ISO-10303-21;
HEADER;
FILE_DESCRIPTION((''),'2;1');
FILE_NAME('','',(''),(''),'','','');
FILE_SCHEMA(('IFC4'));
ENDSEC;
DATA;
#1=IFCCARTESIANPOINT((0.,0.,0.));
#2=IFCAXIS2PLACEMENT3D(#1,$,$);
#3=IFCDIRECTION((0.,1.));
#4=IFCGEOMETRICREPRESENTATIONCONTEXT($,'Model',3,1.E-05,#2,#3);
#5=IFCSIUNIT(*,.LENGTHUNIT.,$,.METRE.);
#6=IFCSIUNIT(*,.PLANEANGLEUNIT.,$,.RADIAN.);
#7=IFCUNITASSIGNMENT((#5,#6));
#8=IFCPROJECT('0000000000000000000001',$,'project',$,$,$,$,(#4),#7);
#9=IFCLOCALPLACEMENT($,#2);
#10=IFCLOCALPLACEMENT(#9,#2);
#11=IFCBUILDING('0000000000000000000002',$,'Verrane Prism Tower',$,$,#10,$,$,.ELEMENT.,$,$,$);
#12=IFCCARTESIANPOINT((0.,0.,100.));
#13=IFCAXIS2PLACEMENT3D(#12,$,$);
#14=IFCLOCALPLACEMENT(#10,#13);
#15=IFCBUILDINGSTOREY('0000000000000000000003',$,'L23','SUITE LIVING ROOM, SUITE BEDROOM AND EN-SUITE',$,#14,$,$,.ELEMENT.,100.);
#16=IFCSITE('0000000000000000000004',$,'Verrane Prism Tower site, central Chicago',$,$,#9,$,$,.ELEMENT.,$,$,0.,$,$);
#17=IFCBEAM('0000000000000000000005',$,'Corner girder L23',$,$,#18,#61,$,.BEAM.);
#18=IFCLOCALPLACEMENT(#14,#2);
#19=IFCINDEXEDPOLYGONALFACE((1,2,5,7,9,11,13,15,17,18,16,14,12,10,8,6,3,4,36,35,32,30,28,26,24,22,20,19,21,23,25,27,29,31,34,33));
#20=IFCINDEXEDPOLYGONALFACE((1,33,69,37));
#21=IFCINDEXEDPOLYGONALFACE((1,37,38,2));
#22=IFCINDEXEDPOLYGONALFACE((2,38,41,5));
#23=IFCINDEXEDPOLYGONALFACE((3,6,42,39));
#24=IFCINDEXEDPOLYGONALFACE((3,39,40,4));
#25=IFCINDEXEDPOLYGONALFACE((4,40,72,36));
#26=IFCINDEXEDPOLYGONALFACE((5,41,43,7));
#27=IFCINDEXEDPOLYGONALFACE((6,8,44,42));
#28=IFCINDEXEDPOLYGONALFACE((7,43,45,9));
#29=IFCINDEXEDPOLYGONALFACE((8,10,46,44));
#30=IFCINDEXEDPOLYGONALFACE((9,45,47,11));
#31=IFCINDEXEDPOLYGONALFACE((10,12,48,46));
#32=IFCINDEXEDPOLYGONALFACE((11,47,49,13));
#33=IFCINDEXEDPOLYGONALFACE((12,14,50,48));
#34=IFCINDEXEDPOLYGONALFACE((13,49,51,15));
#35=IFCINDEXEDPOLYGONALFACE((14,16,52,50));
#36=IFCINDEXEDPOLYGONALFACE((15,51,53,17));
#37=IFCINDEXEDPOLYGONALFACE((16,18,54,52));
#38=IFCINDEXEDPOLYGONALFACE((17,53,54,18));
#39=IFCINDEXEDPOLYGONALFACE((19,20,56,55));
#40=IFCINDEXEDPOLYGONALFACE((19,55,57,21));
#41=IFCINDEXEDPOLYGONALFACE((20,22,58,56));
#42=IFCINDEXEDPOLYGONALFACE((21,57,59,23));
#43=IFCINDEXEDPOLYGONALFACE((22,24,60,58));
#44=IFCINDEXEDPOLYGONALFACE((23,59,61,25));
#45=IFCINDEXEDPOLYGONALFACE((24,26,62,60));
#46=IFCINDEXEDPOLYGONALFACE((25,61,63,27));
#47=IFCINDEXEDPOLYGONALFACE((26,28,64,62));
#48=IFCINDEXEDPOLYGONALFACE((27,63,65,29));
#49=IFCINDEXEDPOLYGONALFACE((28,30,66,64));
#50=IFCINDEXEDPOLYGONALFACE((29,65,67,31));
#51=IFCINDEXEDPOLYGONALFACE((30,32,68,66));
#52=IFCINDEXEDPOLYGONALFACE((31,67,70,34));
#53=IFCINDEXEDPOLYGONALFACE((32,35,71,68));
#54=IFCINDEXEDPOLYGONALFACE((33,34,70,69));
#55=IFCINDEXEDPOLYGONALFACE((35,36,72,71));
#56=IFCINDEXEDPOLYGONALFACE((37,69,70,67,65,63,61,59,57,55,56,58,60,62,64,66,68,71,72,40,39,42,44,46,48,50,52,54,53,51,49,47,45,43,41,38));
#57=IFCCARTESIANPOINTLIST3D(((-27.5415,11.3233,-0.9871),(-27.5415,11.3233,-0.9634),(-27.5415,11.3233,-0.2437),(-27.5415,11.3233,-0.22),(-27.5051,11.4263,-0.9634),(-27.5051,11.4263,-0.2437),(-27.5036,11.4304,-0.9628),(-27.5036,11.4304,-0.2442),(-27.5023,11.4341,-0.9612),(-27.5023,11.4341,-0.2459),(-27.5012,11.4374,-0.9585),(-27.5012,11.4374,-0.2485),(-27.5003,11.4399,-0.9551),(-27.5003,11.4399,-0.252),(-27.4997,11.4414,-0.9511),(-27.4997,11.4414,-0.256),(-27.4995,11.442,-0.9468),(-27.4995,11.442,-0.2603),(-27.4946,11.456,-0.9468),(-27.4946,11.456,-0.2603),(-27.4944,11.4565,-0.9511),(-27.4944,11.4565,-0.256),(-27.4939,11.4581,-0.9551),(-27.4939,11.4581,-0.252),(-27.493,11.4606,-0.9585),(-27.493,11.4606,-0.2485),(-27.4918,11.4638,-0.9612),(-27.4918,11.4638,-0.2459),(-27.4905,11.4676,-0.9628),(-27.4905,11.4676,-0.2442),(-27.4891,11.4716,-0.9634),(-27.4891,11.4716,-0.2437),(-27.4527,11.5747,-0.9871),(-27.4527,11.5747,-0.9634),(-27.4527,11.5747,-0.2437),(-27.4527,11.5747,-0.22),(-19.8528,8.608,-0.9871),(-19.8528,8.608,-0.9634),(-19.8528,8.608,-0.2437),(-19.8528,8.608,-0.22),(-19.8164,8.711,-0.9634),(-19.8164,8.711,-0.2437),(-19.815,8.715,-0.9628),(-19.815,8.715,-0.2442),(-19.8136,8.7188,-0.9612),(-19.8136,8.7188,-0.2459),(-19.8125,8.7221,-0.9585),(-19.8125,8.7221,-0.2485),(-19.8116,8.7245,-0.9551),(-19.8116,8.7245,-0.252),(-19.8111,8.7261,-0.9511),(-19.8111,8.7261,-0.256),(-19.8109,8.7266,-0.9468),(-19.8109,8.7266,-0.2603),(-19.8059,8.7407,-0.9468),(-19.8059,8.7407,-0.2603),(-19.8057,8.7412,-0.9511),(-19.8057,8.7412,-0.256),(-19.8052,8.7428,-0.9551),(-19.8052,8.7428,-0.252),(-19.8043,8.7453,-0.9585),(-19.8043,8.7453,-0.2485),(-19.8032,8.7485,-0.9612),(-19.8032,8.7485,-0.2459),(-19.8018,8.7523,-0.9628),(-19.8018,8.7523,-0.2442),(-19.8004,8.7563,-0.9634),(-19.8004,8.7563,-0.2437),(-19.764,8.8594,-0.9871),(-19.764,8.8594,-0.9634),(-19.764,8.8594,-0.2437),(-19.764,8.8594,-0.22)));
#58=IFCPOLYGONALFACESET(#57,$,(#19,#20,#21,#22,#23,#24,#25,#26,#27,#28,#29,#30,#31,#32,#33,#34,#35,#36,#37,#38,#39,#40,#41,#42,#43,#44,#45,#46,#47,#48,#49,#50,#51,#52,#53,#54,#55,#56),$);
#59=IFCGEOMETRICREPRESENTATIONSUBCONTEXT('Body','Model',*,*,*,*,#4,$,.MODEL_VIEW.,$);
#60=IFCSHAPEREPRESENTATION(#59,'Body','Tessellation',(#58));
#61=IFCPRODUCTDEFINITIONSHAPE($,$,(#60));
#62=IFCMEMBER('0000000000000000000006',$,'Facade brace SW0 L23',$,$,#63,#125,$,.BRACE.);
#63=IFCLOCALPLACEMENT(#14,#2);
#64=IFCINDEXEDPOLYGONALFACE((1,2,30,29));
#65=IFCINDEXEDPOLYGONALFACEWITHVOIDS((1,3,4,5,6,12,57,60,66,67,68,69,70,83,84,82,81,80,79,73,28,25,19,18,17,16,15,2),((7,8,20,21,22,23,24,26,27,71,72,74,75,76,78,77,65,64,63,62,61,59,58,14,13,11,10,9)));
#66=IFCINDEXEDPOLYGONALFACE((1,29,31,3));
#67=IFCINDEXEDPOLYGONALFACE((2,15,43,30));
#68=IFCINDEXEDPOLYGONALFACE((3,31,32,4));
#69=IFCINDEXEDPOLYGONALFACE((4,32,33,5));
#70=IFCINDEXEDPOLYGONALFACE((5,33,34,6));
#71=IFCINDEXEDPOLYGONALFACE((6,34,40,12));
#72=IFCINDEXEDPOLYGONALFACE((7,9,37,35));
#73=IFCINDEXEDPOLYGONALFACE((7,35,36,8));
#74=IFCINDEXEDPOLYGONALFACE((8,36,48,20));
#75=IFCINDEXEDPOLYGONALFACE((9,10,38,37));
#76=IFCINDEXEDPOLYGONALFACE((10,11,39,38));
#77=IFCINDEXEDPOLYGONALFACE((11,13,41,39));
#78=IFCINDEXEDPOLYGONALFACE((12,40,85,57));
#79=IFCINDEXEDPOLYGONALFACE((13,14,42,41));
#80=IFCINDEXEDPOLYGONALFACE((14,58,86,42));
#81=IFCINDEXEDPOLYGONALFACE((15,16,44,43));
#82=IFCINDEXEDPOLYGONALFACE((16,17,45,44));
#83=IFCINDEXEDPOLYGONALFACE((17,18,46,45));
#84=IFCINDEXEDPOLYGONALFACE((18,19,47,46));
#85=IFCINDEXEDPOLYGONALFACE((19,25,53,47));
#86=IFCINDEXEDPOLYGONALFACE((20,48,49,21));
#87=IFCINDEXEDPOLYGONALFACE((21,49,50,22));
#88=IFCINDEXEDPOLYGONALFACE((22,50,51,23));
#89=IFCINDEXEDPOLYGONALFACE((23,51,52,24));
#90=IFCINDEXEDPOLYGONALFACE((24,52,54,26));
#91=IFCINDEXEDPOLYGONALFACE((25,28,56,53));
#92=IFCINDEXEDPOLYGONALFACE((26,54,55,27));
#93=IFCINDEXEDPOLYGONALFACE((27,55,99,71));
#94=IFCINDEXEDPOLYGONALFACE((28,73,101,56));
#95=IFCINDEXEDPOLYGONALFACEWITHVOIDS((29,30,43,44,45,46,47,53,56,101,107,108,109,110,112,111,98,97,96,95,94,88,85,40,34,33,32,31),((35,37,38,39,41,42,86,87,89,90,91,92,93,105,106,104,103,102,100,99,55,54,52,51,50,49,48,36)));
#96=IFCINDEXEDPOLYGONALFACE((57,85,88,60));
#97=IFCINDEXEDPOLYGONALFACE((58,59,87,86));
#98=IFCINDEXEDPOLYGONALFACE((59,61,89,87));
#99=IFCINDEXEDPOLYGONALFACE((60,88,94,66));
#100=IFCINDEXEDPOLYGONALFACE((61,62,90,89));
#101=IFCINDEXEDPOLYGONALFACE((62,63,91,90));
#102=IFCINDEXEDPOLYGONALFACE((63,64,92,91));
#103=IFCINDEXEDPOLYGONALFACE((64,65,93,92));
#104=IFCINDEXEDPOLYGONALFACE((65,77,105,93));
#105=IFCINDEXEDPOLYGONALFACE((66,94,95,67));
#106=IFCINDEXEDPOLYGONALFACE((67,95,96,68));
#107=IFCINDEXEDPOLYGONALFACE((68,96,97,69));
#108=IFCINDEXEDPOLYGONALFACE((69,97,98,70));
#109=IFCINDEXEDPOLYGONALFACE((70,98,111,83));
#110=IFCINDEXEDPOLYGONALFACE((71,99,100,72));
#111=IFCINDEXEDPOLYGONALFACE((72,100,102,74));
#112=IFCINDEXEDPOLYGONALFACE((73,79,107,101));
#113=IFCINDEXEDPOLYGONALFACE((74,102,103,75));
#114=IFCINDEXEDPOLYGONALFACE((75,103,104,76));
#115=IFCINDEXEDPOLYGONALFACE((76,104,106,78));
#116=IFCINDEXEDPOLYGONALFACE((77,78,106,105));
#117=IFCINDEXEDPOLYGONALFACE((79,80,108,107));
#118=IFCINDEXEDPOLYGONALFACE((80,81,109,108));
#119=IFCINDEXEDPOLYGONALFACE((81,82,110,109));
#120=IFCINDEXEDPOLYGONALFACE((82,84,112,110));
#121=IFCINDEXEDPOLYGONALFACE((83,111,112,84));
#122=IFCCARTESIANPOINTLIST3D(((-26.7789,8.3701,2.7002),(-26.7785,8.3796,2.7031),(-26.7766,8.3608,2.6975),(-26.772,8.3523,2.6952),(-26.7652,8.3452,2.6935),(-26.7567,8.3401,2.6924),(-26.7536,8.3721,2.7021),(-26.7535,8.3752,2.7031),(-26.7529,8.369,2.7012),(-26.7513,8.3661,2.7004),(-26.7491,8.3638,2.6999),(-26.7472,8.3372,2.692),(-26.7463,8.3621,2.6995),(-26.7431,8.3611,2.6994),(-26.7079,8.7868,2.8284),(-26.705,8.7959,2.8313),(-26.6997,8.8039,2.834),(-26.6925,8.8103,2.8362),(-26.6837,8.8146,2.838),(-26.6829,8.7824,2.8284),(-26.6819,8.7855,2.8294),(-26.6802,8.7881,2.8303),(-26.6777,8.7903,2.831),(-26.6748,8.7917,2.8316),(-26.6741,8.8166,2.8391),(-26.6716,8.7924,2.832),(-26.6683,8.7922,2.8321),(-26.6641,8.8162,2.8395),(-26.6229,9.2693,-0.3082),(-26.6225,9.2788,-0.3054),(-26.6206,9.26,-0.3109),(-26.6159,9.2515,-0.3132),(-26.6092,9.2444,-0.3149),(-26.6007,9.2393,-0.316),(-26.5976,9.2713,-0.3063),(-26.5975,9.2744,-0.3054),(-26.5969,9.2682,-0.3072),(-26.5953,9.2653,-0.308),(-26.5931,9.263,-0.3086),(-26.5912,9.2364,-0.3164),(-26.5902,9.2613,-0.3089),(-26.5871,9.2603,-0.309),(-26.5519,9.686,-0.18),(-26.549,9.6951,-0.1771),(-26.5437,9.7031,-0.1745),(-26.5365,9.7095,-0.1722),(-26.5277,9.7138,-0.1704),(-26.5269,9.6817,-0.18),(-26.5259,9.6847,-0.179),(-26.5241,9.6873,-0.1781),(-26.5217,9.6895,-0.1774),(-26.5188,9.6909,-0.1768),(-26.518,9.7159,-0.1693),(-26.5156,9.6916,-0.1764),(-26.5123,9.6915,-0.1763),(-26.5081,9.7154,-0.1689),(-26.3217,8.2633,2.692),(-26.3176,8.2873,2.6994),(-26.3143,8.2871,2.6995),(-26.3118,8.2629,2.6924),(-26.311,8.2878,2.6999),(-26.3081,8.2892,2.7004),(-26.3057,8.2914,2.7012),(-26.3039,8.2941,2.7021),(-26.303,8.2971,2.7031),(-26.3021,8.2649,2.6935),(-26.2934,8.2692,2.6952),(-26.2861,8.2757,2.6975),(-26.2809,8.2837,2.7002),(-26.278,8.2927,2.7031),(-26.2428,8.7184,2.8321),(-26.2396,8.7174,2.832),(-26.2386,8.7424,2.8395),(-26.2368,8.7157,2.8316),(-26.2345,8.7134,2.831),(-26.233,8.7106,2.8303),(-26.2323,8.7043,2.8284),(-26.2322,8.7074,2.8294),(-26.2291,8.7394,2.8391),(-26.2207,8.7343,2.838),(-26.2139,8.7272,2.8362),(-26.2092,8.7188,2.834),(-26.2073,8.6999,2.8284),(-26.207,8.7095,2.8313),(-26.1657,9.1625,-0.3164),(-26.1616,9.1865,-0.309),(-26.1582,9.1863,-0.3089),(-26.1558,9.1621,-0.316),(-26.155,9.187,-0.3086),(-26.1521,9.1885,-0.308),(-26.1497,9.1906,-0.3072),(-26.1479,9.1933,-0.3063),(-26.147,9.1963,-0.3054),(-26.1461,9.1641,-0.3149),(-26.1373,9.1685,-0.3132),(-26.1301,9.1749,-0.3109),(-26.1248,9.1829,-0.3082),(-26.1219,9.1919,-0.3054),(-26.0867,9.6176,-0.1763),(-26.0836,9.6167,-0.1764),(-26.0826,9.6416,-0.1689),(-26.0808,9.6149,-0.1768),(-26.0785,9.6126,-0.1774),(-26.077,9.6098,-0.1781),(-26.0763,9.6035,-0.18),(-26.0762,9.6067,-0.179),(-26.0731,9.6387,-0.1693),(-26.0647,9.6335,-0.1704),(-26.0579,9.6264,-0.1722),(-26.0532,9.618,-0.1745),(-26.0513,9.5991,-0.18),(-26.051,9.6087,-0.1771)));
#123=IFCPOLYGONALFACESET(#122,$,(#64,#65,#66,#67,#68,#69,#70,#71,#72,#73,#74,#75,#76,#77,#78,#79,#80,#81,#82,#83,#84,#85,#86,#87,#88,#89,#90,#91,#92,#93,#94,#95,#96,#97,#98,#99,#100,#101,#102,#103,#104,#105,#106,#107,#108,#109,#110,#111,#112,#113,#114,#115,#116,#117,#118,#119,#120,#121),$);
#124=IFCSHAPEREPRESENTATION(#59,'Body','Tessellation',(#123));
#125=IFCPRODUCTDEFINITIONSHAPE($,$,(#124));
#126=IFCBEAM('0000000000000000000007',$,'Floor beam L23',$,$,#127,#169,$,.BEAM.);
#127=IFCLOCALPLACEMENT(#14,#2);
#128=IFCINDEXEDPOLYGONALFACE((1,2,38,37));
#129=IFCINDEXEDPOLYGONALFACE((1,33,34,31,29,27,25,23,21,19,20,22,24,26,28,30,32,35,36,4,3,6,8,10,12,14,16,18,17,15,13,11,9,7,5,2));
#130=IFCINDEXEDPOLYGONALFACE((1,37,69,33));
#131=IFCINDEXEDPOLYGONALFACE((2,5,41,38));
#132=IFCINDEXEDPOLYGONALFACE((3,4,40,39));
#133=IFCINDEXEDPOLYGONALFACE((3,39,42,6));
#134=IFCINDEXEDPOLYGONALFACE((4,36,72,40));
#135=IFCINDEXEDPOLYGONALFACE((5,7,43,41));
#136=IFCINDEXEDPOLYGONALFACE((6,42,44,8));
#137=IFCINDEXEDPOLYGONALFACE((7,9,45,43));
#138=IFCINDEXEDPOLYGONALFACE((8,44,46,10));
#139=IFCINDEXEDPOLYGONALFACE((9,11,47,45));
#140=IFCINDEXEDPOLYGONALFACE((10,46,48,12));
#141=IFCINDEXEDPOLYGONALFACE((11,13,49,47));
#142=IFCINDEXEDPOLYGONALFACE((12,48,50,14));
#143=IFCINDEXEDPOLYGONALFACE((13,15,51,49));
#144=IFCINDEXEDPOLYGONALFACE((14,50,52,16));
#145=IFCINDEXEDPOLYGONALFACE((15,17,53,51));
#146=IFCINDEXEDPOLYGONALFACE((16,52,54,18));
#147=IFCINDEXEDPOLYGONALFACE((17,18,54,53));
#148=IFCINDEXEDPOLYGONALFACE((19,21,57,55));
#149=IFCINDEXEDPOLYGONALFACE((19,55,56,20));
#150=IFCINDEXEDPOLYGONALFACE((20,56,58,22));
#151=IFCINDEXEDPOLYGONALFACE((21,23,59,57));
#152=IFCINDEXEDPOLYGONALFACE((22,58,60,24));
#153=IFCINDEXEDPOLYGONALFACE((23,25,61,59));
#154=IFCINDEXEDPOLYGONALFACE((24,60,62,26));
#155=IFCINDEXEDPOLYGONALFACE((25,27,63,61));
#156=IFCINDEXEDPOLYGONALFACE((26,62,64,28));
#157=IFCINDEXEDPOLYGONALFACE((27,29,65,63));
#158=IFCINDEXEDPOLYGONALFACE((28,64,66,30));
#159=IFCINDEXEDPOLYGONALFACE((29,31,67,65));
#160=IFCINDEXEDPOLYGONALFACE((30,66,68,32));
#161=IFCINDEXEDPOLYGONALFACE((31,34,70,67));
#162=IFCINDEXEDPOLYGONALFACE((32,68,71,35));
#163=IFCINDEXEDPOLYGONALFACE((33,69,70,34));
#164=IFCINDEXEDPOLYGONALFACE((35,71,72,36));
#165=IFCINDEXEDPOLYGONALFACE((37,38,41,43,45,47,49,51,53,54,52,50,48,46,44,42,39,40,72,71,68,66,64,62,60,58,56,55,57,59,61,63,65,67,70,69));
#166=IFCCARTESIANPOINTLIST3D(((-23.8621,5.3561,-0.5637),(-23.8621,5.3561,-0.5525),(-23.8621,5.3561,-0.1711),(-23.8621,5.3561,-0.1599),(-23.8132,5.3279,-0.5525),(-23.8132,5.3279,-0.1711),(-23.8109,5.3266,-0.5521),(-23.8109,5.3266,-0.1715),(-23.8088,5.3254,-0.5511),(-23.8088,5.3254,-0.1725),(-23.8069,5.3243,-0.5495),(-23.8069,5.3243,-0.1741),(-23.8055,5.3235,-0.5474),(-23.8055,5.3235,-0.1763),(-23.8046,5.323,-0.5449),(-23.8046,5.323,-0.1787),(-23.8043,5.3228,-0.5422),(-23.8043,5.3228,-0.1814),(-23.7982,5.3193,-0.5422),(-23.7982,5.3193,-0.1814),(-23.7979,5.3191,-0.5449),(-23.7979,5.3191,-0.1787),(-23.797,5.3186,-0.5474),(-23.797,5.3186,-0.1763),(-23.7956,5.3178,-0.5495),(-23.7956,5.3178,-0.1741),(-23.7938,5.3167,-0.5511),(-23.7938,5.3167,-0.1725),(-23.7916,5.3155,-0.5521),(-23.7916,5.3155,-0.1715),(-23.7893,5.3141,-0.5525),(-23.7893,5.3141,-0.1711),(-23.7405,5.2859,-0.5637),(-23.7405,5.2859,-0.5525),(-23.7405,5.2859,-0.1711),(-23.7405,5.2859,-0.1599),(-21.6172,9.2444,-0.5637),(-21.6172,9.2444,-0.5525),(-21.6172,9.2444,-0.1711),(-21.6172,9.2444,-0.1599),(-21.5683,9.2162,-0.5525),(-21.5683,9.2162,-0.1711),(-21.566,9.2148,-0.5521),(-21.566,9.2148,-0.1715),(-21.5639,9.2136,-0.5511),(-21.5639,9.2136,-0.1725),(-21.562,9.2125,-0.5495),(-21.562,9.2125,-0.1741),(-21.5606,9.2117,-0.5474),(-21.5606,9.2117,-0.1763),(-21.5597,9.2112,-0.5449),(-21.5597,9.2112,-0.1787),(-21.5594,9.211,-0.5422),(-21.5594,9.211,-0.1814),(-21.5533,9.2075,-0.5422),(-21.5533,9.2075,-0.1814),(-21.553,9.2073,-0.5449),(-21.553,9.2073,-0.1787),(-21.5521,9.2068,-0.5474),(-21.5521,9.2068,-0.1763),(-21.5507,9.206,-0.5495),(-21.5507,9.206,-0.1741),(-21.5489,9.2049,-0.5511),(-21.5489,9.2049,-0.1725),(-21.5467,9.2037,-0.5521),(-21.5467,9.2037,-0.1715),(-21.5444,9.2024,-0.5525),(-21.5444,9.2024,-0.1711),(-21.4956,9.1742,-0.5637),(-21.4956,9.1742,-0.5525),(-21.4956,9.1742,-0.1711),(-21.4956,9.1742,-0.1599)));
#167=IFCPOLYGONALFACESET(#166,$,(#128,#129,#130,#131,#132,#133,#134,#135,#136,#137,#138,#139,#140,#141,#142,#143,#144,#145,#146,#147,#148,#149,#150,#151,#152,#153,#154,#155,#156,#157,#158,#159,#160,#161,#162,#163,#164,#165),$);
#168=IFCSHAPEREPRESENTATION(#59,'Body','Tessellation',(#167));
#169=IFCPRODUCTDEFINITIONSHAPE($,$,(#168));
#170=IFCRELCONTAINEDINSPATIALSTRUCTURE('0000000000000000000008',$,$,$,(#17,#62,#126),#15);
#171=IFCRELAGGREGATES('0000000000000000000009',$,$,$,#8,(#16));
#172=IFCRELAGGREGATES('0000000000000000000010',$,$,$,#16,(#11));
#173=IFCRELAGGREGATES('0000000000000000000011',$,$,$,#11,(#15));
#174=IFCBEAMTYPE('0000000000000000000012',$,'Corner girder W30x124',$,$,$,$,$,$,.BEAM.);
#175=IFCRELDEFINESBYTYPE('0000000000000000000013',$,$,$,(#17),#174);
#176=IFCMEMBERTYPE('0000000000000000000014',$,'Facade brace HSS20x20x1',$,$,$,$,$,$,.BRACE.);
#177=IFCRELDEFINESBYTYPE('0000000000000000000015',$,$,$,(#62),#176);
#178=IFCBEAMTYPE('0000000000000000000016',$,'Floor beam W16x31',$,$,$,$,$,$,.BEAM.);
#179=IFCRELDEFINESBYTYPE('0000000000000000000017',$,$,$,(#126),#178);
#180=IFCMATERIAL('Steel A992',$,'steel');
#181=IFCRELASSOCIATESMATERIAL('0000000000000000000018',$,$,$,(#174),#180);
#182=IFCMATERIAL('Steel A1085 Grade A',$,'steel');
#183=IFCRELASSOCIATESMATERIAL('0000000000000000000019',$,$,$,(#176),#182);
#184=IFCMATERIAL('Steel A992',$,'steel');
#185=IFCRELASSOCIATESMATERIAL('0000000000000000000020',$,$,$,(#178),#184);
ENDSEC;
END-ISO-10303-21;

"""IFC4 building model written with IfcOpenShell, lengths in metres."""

from ifc_helpers import new_model, si_unit, direction, frame, origin, origin_2d, place, context, subcontext, project, spatial, hollow_rectangle, i_section, extrude, material, material_profile, profile_set, type_object, element, save


model = new_model("IFC4")

# Units and contexts
model_context = context("Model", 3, precision=1e-05, world=origin(), true_north=direction((0.0, 1.0)))
body_context = subcontext(model_context, "Body", "Model", "MODEL_VIEW")
ifc_project = project(units=[si_unit("LENGTHUNIT", "METRE"), si_unit("PLANEANGLEUNIT", "RADIAN")], contexts=[model_context])

# Site, building, storey
site_placement = place(None, origin())
site = spatial("IfcSite", under=ifc_project, at=site_placement, Name="Verrane Prism Tower site, central Chicago", CompositionType="ELEMENT", RefElevation=0.0)
building_placement = place(site_placement, origin())
building = spatial("IfcBuilding", under=site, at=building_placement, Name="Verrane Prism Tower", CompositionType="ELEMENT")
storey_placement = place(building_placement, frame((0.0, 0.0, 100.0)))
storey = spatial("IfcBuildingStorey", under=building, at=storey_placement, Name="L23", Description="SUITE LIVING ROOM, SUITE BEDROOM AND EN-SUITE", CompositionType="ELEMENT", Elevation=100.0)

# Beam
ifc_material_1 = material(Name="Steel A992", Category="steel")
ifc_material_profile_1 = material_profile(ifc_material_1, i_section(OverallWidth=0.2666, OverallDepth=0.7671, WebThickness=0.0149, FlangeThickness=0.0237, FilletRadius=0.0166, at=origin_2d()), Name="W30x124")
ifc_profile_set_1 = profile_set([ifc_material_profile_1], Name="Steel A992")
beam_type_1 = type_object("IfcBeamType", Name="Corner girder W30x124", PredefinedType="BEAM", material=ifc_profile_set_1)
beam_1_placement = place(storey_placement, frame((-27.4971, 11.449, -0.6035), z_axis=(0.942926, -0.333002, 0.0), x_axis=(0.333002, 0.942926, 0.0)))
element("IfcBeam", 1, at=beam_1_placement, inside=storey, type_object=beam_type_1, Name="Corner girder L23", PredefinedType="BEAM", context=body_context, shape_type="SweptSolid", body=[
    extrude(i_section(OverallWidth=0.2666, OverallDepth=0.7671, WebThickness=0.0149, FlangeThickness=0.0237, FilletRadius=0.0166, at=origin_2d()), origin(), (0.0, 0.0, 1.0), 8.1541),
])

# Member
ifc_material_2 = material(Name="Steel A1085 Grade A", Category="steel")
ifc_material_profile_2 = material_profile(ifc_material_2, hollow_rectangle(XDim=0.5081, YDim=0.5081, WallThickness=0.0254, InnerFilletRadius=0.0127, OuterFilletRadius=0.0381, at=origin_2d()), Name="HSS20x20x1")
ifc_profile_set_2 = profile_set([ifc_material_profile_2], Name="Steel A1085 Grade A")
member_type_1 = type_object("IfcMemberType", Name="Facade brace HSS20x20x1", PredefinedType="BRACE", material=ifc_profile_set_2)
member_1_placement = place(storey_placement, frame((-26.3369, 9.439, -0.2427), z_axis=(-0.049625, -0.286025, 0.956936), x_axis=(0.98528, -0.170946, 0.0)))
element("IfcMember", 2, at=member_1_placement, inside=storey, type_object=member_type_1, Name="Facade brace SW0 L23", PredefinedType="BRACE", context=body_context, shape_type="SweptSolid", body=[
    extrude(hollow_rectangle(XDim=0.5081, YDim=0.5081, WallThickness=0.0254, InnerFilletRadius=0.0127, OuterFilletRadius=0.0381, at=origin_2d()), origin(), (0.0, 0.0, 1.0), 3.1438),
])

# Beam
ifc_material_3 = material(Name="Steel A992", Category="steel")
ifc_material_profile_3 = material_profile(ifc_material_3, i_section(OverallWidth=0.1404, OverallDepth=0.4038, WebThickness=0.0071, FlangeThickness=0.0112, FilletRadius=0.0103, at=origin_2d()), Name="W16x31")
ifc_profile_set_3 = profile_set([ifc_material_profile_3], Name="Steel A992")
beam_type_2 = type_object("IfcBeamType", Name="Floor beam W16x31", PredefinedType="BEAM", material=ifc_profile_set_3)
beam_2_placement = place(storey_placement, frame((-23.8013, 5.321, -0.3618), z_axis=(0.500005, 0.866023, 0.0), x_axis=(-0.866023, 0.500005, 0.0)))
element("IfcBeam", 3, at=beam_2_placement, inside=storey, type_object=beam_type_2, Name="Floor beam L23", PredefinedType="BEAM", context=body_context, shape_type="SweptSolid", body=[
    extrude(i_section(OverallWidth=0.1404, OverallDepth=0.4038, WebThickness=0.0071, FlangeThickness=0.0112, FilletRadius=0.0103, at=origin_2d()), origin(), (0.0, 0.0, 1.0), 4.4897),
])

save(model, "model.ifc")
